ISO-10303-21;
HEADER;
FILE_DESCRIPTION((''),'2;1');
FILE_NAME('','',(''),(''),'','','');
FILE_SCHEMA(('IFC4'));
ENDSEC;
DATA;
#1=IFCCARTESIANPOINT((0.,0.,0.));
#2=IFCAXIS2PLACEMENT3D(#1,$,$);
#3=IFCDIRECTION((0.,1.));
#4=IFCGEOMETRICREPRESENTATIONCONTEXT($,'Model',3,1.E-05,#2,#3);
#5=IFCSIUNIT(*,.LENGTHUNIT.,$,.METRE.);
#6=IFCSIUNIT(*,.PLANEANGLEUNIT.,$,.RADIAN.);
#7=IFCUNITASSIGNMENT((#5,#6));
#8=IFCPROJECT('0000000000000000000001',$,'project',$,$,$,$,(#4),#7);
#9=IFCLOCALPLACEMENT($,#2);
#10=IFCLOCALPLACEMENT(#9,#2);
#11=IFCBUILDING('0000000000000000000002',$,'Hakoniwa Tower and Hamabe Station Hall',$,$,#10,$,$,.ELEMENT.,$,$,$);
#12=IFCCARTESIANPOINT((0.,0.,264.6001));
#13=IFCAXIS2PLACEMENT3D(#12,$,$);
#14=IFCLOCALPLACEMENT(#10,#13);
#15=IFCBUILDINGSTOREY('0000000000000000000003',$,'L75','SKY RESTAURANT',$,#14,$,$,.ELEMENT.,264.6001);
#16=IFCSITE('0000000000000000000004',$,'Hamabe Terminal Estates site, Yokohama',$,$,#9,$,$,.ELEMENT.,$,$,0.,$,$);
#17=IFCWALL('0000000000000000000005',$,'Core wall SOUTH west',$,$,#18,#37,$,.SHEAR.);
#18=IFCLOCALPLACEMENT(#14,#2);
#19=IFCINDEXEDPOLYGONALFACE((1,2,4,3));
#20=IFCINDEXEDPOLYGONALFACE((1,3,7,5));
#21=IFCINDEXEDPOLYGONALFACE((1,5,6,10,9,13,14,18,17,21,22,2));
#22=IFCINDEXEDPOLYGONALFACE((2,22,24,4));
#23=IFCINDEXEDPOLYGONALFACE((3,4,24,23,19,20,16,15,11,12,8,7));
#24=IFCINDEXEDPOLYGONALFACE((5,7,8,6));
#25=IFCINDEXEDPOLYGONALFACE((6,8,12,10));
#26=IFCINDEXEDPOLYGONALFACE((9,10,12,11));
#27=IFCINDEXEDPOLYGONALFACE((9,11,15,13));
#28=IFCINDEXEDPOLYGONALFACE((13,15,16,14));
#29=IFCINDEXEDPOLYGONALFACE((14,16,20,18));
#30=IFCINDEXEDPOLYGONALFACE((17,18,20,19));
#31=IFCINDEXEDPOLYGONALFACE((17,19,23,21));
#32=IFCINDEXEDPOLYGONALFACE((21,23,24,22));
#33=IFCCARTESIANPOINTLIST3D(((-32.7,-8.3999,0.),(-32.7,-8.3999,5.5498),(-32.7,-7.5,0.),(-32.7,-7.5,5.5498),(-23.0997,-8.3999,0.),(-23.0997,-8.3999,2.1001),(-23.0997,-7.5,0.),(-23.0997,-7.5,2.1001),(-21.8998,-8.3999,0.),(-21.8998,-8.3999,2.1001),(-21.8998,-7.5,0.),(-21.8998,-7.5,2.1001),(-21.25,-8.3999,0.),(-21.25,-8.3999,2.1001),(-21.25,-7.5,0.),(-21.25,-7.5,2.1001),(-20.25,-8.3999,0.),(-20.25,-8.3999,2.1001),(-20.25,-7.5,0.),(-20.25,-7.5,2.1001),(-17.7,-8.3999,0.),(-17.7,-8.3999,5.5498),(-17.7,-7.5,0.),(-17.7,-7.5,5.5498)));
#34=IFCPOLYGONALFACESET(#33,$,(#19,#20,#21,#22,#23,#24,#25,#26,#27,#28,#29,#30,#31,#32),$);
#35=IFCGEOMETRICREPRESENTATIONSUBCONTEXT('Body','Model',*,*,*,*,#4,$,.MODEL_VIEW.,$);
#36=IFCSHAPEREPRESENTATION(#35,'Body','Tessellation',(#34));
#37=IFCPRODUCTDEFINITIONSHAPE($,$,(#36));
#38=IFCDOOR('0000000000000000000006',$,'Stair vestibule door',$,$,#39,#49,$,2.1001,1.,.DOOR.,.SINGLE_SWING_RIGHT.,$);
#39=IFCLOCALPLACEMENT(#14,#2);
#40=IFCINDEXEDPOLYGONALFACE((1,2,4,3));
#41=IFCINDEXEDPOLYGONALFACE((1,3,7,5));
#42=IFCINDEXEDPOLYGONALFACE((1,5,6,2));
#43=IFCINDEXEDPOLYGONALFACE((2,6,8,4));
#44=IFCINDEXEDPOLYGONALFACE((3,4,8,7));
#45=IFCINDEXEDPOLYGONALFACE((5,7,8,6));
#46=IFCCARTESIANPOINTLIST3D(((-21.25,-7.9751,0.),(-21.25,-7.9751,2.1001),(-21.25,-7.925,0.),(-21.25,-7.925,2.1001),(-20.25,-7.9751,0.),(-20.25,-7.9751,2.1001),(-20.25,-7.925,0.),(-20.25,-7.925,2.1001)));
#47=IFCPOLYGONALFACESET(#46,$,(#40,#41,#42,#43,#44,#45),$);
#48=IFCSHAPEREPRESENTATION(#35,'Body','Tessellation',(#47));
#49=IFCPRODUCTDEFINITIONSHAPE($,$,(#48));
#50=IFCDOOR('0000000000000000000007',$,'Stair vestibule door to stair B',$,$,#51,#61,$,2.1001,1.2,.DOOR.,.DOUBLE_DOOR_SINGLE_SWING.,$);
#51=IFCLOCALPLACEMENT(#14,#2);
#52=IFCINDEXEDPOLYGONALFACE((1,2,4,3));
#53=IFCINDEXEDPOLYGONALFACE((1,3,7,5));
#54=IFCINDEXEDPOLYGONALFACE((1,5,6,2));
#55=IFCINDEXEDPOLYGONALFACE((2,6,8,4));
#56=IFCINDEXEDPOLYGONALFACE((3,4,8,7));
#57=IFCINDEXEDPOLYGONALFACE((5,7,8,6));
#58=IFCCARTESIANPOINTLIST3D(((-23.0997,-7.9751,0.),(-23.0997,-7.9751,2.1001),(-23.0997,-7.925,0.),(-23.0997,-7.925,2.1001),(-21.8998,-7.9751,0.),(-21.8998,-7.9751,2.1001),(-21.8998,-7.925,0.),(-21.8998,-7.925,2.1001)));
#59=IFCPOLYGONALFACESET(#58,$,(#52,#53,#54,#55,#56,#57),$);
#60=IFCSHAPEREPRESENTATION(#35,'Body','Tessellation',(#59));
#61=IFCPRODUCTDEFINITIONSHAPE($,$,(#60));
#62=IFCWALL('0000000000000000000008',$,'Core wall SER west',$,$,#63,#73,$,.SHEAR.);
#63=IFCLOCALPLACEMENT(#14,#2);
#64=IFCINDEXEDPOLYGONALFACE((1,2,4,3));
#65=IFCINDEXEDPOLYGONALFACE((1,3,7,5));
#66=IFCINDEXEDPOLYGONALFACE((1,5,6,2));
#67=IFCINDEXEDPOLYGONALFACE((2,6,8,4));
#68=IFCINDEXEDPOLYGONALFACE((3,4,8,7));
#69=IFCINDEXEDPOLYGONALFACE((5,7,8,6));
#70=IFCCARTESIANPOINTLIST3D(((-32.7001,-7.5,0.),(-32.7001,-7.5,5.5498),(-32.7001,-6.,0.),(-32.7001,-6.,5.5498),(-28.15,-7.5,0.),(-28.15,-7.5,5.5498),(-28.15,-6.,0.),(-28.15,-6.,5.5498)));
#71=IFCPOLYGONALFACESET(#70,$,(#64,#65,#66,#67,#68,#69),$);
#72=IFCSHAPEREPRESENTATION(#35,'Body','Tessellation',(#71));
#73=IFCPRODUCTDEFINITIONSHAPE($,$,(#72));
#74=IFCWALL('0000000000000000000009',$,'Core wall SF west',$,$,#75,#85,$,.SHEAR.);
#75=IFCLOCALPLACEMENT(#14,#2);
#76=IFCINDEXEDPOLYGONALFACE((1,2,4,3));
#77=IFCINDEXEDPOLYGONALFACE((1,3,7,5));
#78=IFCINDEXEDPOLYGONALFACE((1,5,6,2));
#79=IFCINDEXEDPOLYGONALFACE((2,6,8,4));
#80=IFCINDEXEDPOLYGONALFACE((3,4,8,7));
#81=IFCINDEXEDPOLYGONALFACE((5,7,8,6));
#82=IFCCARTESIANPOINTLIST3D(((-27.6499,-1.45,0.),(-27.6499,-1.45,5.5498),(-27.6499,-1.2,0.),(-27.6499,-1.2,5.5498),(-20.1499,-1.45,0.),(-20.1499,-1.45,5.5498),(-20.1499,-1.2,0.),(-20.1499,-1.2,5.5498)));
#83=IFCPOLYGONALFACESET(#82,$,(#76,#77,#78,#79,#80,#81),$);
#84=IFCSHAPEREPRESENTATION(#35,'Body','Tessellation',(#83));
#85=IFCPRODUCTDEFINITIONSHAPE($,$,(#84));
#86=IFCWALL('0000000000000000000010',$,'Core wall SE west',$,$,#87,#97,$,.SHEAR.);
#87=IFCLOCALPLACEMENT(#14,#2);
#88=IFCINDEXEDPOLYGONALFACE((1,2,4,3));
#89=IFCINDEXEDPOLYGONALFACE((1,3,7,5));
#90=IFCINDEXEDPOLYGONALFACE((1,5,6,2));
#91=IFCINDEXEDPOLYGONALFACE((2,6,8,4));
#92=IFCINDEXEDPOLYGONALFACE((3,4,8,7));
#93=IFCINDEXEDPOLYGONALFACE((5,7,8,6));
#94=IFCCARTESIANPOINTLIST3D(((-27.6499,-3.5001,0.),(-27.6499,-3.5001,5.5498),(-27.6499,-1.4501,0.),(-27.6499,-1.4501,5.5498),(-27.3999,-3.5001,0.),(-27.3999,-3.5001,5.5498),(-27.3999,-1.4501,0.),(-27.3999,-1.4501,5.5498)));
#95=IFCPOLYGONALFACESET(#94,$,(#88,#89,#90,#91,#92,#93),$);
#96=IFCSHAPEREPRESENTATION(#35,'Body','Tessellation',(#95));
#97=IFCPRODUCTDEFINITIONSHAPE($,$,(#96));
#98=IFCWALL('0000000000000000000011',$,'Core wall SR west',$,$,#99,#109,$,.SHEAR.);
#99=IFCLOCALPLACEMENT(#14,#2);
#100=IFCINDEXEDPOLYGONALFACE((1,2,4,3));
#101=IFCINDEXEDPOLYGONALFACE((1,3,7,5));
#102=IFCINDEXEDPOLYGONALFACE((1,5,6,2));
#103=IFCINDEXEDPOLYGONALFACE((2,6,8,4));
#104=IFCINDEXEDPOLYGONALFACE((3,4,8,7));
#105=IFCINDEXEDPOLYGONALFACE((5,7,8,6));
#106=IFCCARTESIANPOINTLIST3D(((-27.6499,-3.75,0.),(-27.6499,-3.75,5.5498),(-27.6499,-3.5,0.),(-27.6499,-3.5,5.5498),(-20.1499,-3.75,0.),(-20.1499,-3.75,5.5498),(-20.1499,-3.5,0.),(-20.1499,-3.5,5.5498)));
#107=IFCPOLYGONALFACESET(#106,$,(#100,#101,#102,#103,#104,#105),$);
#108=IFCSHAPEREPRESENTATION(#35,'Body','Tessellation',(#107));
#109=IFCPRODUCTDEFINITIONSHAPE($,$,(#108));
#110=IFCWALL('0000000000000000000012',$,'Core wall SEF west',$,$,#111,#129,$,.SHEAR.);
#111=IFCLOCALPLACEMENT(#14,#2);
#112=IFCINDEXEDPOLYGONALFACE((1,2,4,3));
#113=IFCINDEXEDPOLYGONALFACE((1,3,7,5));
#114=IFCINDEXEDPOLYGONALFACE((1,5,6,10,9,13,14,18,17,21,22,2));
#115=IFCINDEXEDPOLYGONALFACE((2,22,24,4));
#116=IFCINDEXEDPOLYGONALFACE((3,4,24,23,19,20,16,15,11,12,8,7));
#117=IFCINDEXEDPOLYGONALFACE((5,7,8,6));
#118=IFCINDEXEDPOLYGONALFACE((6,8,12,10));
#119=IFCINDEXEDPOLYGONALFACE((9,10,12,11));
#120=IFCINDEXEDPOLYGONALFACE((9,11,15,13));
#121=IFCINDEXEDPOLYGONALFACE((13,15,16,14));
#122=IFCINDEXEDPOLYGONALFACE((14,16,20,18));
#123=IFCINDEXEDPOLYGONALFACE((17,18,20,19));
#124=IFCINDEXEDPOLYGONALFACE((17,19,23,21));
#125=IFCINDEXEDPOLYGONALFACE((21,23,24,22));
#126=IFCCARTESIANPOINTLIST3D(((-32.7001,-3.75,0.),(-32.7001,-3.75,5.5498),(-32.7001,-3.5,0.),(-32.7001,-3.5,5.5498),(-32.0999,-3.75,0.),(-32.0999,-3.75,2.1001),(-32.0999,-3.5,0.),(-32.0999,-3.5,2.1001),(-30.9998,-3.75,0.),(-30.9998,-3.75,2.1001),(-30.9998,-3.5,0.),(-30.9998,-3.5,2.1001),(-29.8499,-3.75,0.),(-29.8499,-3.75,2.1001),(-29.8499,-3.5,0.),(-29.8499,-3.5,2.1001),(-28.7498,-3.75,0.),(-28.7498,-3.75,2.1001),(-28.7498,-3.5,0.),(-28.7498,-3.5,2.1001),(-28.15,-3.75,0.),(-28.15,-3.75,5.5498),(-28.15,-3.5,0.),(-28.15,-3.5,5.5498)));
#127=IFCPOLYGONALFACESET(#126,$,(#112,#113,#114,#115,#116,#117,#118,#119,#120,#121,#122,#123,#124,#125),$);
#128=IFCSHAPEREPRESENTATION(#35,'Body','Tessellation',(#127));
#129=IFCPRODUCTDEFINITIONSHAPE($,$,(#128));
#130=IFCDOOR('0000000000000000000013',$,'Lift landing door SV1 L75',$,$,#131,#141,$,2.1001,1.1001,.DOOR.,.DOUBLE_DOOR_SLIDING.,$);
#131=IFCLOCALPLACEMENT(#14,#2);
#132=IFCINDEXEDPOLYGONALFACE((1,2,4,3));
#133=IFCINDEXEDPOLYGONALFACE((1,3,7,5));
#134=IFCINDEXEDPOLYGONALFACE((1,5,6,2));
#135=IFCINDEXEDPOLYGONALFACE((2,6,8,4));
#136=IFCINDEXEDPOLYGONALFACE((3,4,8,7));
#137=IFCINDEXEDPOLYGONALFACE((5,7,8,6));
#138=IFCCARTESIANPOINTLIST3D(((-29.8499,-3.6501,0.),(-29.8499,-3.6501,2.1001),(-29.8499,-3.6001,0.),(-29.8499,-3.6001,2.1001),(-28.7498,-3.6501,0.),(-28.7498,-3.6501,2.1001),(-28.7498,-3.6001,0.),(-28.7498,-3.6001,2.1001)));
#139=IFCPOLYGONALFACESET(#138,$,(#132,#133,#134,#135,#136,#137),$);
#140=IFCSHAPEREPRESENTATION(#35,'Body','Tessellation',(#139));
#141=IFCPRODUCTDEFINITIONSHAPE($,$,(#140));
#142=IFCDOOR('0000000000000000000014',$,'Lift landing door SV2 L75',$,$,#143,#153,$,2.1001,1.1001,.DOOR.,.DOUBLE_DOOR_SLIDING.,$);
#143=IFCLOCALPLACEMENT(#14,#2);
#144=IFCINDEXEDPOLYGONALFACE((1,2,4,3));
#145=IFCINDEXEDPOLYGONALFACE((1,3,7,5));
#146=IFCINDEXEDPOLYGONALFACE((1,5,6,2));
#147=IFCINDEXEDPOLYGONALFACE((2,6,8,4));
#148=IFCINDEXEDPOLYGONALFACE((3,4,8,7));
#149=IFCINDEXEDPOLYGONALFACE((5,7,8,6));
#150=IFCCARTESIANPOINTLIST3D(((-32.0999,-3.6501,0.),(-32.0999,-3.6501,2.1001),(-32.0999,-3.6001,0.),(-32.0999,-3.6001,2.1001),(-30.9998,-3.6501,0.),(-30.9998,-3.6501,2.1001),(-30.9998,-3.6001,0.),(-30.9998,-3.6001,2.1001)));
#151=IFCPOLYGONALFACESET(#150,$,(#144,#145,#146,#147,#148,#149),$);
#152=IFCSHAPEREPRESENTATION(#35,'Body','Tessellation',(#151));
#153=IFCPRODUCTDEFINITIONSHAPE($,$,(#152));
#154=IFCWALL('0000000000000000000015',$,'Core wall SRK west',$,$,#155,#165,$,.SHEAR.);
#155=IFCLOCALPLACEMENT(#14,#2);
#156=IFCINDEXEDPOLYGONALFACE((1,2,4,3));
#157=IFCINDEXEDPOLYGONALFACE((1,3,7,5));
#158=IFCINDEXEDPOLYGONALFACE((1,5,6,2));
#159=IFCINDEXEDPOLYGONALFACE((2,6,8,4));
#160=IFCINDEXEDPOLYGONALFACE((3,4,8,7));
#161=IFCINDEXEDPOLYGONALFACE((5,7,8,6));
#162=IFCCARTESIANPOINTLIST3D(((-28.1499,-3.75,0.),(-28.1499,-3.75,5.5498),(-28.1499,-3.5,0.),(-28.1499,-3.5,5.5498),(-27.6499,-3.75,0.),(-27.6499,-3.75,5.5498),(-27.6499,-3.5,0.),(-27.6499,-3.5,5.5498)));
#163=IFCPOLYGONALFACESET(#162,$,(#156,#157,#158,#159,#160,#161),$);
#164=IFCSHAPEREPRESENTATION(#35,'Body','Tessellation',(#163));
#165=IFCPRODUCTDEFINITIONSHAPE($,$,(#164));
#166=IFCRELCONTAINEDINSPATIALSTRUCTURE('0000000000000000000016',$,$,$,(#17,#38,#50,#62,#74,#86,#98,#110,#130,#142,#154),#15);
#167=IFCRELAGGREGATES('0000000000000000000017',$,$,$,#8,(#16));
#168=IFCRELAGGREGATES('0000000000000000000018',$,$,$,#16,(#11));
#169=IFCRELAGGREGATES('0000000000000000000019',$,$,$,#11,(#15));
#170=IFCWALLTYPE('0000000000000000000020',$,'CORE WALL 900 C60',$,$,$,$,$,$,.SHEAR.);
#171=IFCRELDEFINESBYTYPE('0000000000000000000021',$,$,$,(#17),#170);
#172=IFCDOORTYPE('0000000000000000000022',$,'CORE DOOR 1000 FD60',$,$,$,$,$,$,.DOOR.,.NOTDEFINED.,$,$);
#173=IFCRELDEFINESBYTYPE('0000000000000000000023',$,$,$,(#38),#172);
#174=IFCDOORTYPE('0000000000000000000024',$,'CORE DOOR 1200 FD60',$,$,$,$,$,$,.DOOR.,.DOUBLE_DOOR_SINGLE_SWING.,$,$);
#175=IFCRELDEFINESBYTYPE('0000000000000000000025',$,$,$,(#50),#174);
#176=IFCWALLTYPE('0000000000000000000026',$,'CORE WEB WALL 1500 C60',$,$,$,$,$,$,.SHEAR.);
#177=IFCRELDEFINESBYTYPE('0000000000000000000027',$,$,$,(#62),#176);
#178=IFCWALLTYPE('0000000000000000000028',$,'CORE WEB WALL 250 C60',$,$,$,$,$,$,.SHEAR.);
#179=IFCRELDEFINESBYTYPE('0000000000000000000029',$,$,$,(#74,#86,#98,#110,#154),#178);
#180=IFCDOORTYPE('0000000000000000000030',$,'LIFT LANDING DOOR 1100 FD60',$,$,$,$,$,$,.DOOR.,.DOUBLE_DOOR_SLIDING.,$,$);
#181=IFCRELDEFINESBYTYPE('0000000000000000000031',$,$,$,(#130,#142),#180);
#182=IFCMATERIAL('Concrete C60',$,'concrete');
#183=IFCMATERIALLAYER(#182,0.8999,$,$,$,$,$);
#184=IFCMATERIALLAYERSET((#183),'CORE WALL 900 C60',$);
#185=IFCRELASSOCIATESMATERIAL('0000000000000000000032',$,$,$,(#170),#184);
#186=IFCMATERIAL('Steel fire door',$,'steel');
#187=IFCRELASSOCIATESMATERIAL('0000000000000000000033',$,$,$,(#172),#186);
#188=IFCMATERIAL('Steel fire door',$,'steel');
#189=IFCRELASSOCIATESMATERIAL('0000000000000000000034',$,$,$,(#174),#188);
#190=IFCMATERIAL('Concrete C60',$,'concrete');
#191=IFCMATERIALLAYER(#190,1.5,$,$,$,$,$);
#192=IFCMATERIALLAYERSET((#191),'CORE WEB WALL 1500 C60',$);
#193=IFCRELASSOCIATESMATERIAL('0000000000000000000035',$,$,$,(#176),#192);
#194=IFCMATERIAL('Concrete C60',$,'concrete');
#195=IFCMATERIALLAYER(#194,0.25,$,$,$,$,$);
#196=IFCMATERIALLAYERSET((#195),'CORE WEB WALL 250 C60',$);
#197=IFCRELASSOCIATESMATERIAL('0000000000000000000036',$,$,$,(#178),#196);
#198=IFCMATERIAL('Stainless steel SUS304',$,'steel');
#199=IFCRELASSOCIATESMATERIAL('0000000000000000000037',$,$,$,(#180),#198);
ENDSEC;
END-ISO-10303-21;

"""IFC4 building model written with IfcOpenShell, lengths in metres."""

from ifc_helpers import new_model, si_unit, direction, frame, frame_2d, origin, place, context, subcontext, project, spatial, rectangle, extrude, material, layer, layer_set, type_object, element, fill, save


model = new_model("IFC4")

# Units and contexts
model_context = context("Model", 3, precision=1e-05, world=origin(), true_north=direction((0.0, 1.0)))
body_context = subcontext(model_context, "Body", "Model", "MODEL_VIEW")
ifc_project = project(units=[si_unit("LENGTHUNIT", "METRE"), si_unit("PLANEANGLEUNIT", "RADIAN")], contexts=[model_context])

# Site, building, storey
site_placement = place(None, origin())
site = spatial("IfcSite", under=ifc_project, at=site_placement, Name="Hamabe Terminal Estates site, Yokohama", CompositionType="ELEMENT", RefElevation=0.0)
building_placement = place(site_placement, origin())
building = spatial("IfcBuilding", under=site, at=building_placement, Name="Hakoniwa Tower and Hamabe Station Hall", CompositionType="ELEMENT")
storey_placement = place(building_placement, frame((0.0, 0.0, 264.6001)))
storey = spatial("IfcBuildingStorey", under=building, at=storey_placement, Name="L75", Description="SKY RESTAURANT", CompositionType="ELEMENT", Elevation=264.6001)

# Shared definitions
ifc_material_1 = material(Name="Concrete C60", Category="concrete")
ifc_layer_1 = layer(ifc_material_1, 0.8999)
ifc_layer_set_1 = layer_set([ifc_layer_1], Name="CORE WALL 900 C60")
wall_type_1 = type_object("IfcWallType", Name="CORE WALL 900 C60", PredefinedType="SHEAR", material=ifc_layer_set_1)

# Wall, openings, doors
wall_1_placement = place(storey_placement, frame((-32.7, -7.95, 0.0), z_axis=(0.0, 0.0, 1.0), x_axis=(1.0, 0.0, 0.0)))
wall_1 = element("IfcWall", 1, at=wall_1_placement, inside=storey, type_object=wall_type_1, Name="Core wall SOUTH west", PredefinedType="SHEAR", context=body_context, shape_type="SweptSolid", body=[
    extrude(rectangle(XDim=15.0, YDim=0.8999, at=frame_2d((7.5, 0.0))), origin(), (0.0, 0.0, 1.0), 5.5498),
])
opening_1_placement = place(wall_1_placement, frame((11.45, 0.0, 0.0)))
opening_1 = element("IfcOpeningElement", 2, at=opening_1_placement, cuts=wall_1, PredefinedType="OPENING", context=body_context, shape_type="SweptSolid", body=[
    extrude(rectangle(XDim=1.0, YDim=2.1001, at=frame_2d((0.5, 1.05))), frame((0.0, 0.46, 0.0), z_axis=(0.0, -1.0, 0.0), x_axis=(1.0, 0.0, 0.0)), (0.0, 0.0, 1.0), 0.9199),
])
opening_2_placement = place(wall_1_placement, frame((9.6001, 0.0, 0.0)))
opening_2 = element("IfcOpeningElement", 3, at=opening_2_placement, cuts=wall_1, PredefinedType="OPENING", context=body_context, shape_type="SweptSolid", body=[
    extrude(rectangle(XDim=1.2, YDim=2.1001, at=frame_2d((0.6001, 1.05))), frame((0.0, 0.46, 0.0), z_axis=(0.0, -1.0, 0.0), x_axis=(1.0, 0.0, 0.0)), (0.0, 0.0, 1.0), 0.9199),
])
ifc_material_2 = material(Name="Steel fire door", Category="steel")
door_type_1 = type_object("IfcDoorType", Name="CORE DOOR 1000 FD60", OperationType="NOTDEFINED", PredefinedType="DOOR", material=ifc_material_2)
door_1_placement = place(opening_1_placement, origin())
door_1 = element("IfcDoor", 4, at=door_1_placement, inside=storey, type_object=door_type_1, Name="Stair vestibule door", OperationType="SINGLE_SWING_RIGHT", OverallHeight=2.1001, OverallWidth=1.0, PredefinedType="DOOR", context=body_context, shape_type="SweptSolid", body=[
    extrude(rectangle(XDim=1.0, YDim=2.1001, at=frame_2d((0.5, 1.05))), frame((0.0, 0.0249, 0.0), z_axis=(0.0, -1.0, 0.0), x_axis=(1.0, 0.0, 0.0)), (0.0, 0.0, 1.0), 0.05),
])
fill(opening_1, door_1)
ifc_material_3 = material(Name="Steel fire door", Category="steel")
door_type_2 = type_object("IfcDoorType", Name="CORE DOOR 1200 FD60", OperationType="DOUBLE_DOOR_SINGLE_SWING", PredefinedType="DOOR", material=ifc_material_3)
door_2_placement = place(opening_2_placement, origin())
door_2 = element("IfcDoor", 5, at=door_2_placement, inside=storey, type_object=door_type_2, Name="Stair vestibule door to stair B", OperationType="DOUBLE_DOOR_SINGLE_SWING", OverallHeight=2.1001, OverallWidth=1.2, PredefinedType="DOOR", context=body_context, shape_type="SweptSolid", body=[
    extrude(rectangle(XDim=1.2, YDim=2.1001, at=frame_2d((0.6001, 1.05))), frame((0.0, 0.0249, 0.0), z_axis=(0.0, -1.0, 0.0), x_axis=(1.0, 0.0, 0.0)), (0.0, 0.0, 1.0), 0.05),
])
fill(opening_2, door_2)

# Walls
ifc_material_4 = material(Name="Concrete C60", Category="concrete")
ifc_layer_2 = layer(ifc_material_4, 1.5)
ifc_layer_set_2 = layer_set([ifc_layer_2], Name="CORE WEB WALL 1500 C60")
wall_type_2 = type_object("IfcWallType", Name="CORE WEB WALL 1500 C60", PredefinedType="SHEAR", material=ifc_layer_set_2)
wall_2_placement = place(storey_placement, frame((-32.7, -6.75, 0.0), z_axis=(0.0, 0.0, 1.0), x_axis=(1.0, 0.0, 0.0)))
element("IfcWall", 6, at=wall_2_placement, inside=storey, type_object=wall_type_2, Name="Core wall SER west", PredefinedType="SHEAR", context=body_context, shape_type="SweptSolid", body=[
    extrude(rectangle(XDim=4.55, YDim=1.5, at=frame_2d((2.2749, 0.0))), origin(), (0.0, 0.0, 1.0), 5.5498),
])
ifc_material_5 = material(Name="Concrete C60", Category="concrete")
ifc_layer_3 = layer(ifc_material_5, 0.25)
ifc_layer_set_3 = layer_set([ifc_layer_3], Name="CORE WEB WALL 250 C60")
wall_type_3 = type_object("IfcWallType", Name="CORE WEB WALL 250 C60", PredefinedType="SHEAR", material=ifc_layer_set_3)
wall_3_placement = place(storey_placement, frame((-27.6499, -1.325, 0.0), z_axis=(0.0, 0.0, 1.0), x_axis=(1.0, 0.0, 0.0)))
element("IfcWall", 7, at=wall_3_placement, inside=storey, type_object=wall_type_3, Name="Core wall SF west", PredefinedType="SHEAR", context=body_context, shape_type="SweptSolid", body=[
    extrude(rectangle(XDim=7.5, YDim=0.25, at=frame_2d((3.75, 0.0))), origin(), (0.0, 0.0, 1.0), 5.5498),
])
wall_4_placement = place(storey_placement, frame((-27.5249, -3.5, 0.0), z_axis=(0.0, 0.0, 1.0), x_axis=(0.0, 1.0, 0.0)))
element("IfcWall", 8, at=wall_4_placement, inside=storey, type_object=wall_type_3, Name="Core wall SE west", PredefinedType="SHEAR", context=body_context, shape_type="SweptSolid", body=[
    extrude(rectangle(XDim=2.05, YDim=0.25, at=frame_2d((1.0249, 0.0))), origin(), (0.0, 0.0, 1.0), 5.5498),
])
wall_5_placement = place(storey_placement, frame((-27.6499, -3.625, 0.0), z_axis=(0.0, 0.0, 1.0), x_axis=(1.0, 0.0, 0.0)))
element("IfcWall", 9, at=wall_5_placement, inside=storey, type_object=wall_type_3, Name="Core wall SR west", PredefinedType="SHEAR", context=body_context, shape_type="SweptSolid", body=[
    extrude(rectangle(XDim=7.5, YDim=0.25, at=frame_2d((3.75, 0.0))), origin(), (0.0, 0.0, 1.0), 5.5498),
])

# Wall, openings, doors
wall_6_placement = place(storey_placement, frame((-32.7, -3.625, 0.0), z_axis=(0.0, 0.0, 1.0), x_axis=(1.0, 0.0, 0.0)))
wall_6 = element("IfcWall", 10, at=wall_6_placement, inside=storey, type_object=wall_type_3, Name="Core wall SEF west", PredefinedType="SHEAR", context=body_context, shape_type="SweptSolid", body=[
    extrude(rectangle(XDim=4.55, YDim=0.25, at=frame_2d((2.2749, 0.0))), origin(), (0.0, 0.0, 1.0), 5.5498),
])
opening_3_placement = place(wall_6_placement, frame((2.8501, 0.0, 0.0)))
opening_3 = element("IfcOpeningElement", 11, at=opening_3_placement, cuts=wall_6, PredefinedType="OPENING", context=body_context, shape_type="SweptSolid", body=[
    extrude(rectangle(XDim=1.1001, YDim=2.1001, at=frame_2d((0.55, 1.05))), frame((0.0, 0.135, 0.0), z_axis=(0.0, -1.0, 0.0), x_axis=(1.0, 0.0, 0.0)), (0.0, 0.0, 1.0), 0.27),
])
opening_4_placement = place(wall_6_placement, frame((0.6001, 0.0, 0.0)))
opening_4 = element("IfcOpeningElement", 12, at=opening_4_placement, cuts=wall_6, PredefinedType="OPENING", context=body_context, shape_type="SweptSolid", body=[
    extrude(rectangle(XDim=1.1001, YDim=2.1001, at=frame_2d((0.55, 1.05))), frame((0.0, 0.135, 0.0), z_axis=(0.0, -1.0, 0.0), x_axis=(1.0, 0.0, 0.0)), (0.0, 0.0, 1.0), 0.27),
])
ifc_material_6 = material(Name="Stainless steel SUS304", Category="steel")
door_type_3 = type_object("IfcDoorType", Name="LIFT LANDING DOOR 1100 FD60", OperationType="DOUBLE_DOOR_SLIDING", PredefinedType="DOOR", material=ifc_material_6)
door_3_placement = place(opening_3_placement, origin())
door_3 = element("IfcDoor", 13, at=door_3_placement, inside=storey, type_object=door_type_3, Name="Lift landing door SV1 L75", OperationType="DOUBLE_DOOR_SLIDING", OverallHeight=2.1001, OverallWidth=1.1001, PredefinedType="DOOR", context=body_context, shape_type="SweptSolid", body=[
    extrude(rectangle(XDim=1.1001, YDim=2.1001, at=frame_2d((0.55, 1.05))), frame((0.0, 0.0249, 0.0), z_axis=(0.0, -1.0, 0.0), x_axis=(1.0, 0.0, 0.0)), (0.0, 0.0, 1.0), 0.05),
])
fill(opening_3, door_3)
door_4_placement = place(opening_4_placement, origin())
door_4 = element("IfcDoor", 14, at=door_4_placement, inside=storey, type_object=door_type_3, Name="Lift landing door SV2 L75", OperationType="DOUBLE_DOOR_SLIDING", OverallHeight=2.1001, OverallWidth=1.1001, PredefinedType="DOOR", context=body_context, shape_type="SweptSolid", body=[
    extrude(rectangle(XDim=1.1001, YDim=2.1001, at=frame_2d((0.55, 1.05))), frame((0.0, 0.0249, 0.0), z_axis=(0.0, -1.0, 0.0), x_axis=(1.0, 0.0, 0.0)), (0.0, 0.0, 1.0), 0.05),
])
fill(opening_4, door_4)

# Wall
wall_7_placement = place(storey_placement, frame((-28.1499, -3.625, 0.0), z_axis=(0.0, 0.0, 1.0), x_axis=(1.0, 0.0, 0.0)))
element("IfcWall", 15, at=wall_7_placement, inside=storey, type_object=wall_type_3, Name="Core wall SRK west", PredefinedType="SHEAR", context=body_context, shape_type="SweptSolid", body=[
    extrude(rectangle(XDim=0.5, YDim=0.25, at=frame_2d((0.25, 0.0))), origin(), (0.0, 0.0, 1.0), 5.5498),
])

save(model, "model.ifc")
